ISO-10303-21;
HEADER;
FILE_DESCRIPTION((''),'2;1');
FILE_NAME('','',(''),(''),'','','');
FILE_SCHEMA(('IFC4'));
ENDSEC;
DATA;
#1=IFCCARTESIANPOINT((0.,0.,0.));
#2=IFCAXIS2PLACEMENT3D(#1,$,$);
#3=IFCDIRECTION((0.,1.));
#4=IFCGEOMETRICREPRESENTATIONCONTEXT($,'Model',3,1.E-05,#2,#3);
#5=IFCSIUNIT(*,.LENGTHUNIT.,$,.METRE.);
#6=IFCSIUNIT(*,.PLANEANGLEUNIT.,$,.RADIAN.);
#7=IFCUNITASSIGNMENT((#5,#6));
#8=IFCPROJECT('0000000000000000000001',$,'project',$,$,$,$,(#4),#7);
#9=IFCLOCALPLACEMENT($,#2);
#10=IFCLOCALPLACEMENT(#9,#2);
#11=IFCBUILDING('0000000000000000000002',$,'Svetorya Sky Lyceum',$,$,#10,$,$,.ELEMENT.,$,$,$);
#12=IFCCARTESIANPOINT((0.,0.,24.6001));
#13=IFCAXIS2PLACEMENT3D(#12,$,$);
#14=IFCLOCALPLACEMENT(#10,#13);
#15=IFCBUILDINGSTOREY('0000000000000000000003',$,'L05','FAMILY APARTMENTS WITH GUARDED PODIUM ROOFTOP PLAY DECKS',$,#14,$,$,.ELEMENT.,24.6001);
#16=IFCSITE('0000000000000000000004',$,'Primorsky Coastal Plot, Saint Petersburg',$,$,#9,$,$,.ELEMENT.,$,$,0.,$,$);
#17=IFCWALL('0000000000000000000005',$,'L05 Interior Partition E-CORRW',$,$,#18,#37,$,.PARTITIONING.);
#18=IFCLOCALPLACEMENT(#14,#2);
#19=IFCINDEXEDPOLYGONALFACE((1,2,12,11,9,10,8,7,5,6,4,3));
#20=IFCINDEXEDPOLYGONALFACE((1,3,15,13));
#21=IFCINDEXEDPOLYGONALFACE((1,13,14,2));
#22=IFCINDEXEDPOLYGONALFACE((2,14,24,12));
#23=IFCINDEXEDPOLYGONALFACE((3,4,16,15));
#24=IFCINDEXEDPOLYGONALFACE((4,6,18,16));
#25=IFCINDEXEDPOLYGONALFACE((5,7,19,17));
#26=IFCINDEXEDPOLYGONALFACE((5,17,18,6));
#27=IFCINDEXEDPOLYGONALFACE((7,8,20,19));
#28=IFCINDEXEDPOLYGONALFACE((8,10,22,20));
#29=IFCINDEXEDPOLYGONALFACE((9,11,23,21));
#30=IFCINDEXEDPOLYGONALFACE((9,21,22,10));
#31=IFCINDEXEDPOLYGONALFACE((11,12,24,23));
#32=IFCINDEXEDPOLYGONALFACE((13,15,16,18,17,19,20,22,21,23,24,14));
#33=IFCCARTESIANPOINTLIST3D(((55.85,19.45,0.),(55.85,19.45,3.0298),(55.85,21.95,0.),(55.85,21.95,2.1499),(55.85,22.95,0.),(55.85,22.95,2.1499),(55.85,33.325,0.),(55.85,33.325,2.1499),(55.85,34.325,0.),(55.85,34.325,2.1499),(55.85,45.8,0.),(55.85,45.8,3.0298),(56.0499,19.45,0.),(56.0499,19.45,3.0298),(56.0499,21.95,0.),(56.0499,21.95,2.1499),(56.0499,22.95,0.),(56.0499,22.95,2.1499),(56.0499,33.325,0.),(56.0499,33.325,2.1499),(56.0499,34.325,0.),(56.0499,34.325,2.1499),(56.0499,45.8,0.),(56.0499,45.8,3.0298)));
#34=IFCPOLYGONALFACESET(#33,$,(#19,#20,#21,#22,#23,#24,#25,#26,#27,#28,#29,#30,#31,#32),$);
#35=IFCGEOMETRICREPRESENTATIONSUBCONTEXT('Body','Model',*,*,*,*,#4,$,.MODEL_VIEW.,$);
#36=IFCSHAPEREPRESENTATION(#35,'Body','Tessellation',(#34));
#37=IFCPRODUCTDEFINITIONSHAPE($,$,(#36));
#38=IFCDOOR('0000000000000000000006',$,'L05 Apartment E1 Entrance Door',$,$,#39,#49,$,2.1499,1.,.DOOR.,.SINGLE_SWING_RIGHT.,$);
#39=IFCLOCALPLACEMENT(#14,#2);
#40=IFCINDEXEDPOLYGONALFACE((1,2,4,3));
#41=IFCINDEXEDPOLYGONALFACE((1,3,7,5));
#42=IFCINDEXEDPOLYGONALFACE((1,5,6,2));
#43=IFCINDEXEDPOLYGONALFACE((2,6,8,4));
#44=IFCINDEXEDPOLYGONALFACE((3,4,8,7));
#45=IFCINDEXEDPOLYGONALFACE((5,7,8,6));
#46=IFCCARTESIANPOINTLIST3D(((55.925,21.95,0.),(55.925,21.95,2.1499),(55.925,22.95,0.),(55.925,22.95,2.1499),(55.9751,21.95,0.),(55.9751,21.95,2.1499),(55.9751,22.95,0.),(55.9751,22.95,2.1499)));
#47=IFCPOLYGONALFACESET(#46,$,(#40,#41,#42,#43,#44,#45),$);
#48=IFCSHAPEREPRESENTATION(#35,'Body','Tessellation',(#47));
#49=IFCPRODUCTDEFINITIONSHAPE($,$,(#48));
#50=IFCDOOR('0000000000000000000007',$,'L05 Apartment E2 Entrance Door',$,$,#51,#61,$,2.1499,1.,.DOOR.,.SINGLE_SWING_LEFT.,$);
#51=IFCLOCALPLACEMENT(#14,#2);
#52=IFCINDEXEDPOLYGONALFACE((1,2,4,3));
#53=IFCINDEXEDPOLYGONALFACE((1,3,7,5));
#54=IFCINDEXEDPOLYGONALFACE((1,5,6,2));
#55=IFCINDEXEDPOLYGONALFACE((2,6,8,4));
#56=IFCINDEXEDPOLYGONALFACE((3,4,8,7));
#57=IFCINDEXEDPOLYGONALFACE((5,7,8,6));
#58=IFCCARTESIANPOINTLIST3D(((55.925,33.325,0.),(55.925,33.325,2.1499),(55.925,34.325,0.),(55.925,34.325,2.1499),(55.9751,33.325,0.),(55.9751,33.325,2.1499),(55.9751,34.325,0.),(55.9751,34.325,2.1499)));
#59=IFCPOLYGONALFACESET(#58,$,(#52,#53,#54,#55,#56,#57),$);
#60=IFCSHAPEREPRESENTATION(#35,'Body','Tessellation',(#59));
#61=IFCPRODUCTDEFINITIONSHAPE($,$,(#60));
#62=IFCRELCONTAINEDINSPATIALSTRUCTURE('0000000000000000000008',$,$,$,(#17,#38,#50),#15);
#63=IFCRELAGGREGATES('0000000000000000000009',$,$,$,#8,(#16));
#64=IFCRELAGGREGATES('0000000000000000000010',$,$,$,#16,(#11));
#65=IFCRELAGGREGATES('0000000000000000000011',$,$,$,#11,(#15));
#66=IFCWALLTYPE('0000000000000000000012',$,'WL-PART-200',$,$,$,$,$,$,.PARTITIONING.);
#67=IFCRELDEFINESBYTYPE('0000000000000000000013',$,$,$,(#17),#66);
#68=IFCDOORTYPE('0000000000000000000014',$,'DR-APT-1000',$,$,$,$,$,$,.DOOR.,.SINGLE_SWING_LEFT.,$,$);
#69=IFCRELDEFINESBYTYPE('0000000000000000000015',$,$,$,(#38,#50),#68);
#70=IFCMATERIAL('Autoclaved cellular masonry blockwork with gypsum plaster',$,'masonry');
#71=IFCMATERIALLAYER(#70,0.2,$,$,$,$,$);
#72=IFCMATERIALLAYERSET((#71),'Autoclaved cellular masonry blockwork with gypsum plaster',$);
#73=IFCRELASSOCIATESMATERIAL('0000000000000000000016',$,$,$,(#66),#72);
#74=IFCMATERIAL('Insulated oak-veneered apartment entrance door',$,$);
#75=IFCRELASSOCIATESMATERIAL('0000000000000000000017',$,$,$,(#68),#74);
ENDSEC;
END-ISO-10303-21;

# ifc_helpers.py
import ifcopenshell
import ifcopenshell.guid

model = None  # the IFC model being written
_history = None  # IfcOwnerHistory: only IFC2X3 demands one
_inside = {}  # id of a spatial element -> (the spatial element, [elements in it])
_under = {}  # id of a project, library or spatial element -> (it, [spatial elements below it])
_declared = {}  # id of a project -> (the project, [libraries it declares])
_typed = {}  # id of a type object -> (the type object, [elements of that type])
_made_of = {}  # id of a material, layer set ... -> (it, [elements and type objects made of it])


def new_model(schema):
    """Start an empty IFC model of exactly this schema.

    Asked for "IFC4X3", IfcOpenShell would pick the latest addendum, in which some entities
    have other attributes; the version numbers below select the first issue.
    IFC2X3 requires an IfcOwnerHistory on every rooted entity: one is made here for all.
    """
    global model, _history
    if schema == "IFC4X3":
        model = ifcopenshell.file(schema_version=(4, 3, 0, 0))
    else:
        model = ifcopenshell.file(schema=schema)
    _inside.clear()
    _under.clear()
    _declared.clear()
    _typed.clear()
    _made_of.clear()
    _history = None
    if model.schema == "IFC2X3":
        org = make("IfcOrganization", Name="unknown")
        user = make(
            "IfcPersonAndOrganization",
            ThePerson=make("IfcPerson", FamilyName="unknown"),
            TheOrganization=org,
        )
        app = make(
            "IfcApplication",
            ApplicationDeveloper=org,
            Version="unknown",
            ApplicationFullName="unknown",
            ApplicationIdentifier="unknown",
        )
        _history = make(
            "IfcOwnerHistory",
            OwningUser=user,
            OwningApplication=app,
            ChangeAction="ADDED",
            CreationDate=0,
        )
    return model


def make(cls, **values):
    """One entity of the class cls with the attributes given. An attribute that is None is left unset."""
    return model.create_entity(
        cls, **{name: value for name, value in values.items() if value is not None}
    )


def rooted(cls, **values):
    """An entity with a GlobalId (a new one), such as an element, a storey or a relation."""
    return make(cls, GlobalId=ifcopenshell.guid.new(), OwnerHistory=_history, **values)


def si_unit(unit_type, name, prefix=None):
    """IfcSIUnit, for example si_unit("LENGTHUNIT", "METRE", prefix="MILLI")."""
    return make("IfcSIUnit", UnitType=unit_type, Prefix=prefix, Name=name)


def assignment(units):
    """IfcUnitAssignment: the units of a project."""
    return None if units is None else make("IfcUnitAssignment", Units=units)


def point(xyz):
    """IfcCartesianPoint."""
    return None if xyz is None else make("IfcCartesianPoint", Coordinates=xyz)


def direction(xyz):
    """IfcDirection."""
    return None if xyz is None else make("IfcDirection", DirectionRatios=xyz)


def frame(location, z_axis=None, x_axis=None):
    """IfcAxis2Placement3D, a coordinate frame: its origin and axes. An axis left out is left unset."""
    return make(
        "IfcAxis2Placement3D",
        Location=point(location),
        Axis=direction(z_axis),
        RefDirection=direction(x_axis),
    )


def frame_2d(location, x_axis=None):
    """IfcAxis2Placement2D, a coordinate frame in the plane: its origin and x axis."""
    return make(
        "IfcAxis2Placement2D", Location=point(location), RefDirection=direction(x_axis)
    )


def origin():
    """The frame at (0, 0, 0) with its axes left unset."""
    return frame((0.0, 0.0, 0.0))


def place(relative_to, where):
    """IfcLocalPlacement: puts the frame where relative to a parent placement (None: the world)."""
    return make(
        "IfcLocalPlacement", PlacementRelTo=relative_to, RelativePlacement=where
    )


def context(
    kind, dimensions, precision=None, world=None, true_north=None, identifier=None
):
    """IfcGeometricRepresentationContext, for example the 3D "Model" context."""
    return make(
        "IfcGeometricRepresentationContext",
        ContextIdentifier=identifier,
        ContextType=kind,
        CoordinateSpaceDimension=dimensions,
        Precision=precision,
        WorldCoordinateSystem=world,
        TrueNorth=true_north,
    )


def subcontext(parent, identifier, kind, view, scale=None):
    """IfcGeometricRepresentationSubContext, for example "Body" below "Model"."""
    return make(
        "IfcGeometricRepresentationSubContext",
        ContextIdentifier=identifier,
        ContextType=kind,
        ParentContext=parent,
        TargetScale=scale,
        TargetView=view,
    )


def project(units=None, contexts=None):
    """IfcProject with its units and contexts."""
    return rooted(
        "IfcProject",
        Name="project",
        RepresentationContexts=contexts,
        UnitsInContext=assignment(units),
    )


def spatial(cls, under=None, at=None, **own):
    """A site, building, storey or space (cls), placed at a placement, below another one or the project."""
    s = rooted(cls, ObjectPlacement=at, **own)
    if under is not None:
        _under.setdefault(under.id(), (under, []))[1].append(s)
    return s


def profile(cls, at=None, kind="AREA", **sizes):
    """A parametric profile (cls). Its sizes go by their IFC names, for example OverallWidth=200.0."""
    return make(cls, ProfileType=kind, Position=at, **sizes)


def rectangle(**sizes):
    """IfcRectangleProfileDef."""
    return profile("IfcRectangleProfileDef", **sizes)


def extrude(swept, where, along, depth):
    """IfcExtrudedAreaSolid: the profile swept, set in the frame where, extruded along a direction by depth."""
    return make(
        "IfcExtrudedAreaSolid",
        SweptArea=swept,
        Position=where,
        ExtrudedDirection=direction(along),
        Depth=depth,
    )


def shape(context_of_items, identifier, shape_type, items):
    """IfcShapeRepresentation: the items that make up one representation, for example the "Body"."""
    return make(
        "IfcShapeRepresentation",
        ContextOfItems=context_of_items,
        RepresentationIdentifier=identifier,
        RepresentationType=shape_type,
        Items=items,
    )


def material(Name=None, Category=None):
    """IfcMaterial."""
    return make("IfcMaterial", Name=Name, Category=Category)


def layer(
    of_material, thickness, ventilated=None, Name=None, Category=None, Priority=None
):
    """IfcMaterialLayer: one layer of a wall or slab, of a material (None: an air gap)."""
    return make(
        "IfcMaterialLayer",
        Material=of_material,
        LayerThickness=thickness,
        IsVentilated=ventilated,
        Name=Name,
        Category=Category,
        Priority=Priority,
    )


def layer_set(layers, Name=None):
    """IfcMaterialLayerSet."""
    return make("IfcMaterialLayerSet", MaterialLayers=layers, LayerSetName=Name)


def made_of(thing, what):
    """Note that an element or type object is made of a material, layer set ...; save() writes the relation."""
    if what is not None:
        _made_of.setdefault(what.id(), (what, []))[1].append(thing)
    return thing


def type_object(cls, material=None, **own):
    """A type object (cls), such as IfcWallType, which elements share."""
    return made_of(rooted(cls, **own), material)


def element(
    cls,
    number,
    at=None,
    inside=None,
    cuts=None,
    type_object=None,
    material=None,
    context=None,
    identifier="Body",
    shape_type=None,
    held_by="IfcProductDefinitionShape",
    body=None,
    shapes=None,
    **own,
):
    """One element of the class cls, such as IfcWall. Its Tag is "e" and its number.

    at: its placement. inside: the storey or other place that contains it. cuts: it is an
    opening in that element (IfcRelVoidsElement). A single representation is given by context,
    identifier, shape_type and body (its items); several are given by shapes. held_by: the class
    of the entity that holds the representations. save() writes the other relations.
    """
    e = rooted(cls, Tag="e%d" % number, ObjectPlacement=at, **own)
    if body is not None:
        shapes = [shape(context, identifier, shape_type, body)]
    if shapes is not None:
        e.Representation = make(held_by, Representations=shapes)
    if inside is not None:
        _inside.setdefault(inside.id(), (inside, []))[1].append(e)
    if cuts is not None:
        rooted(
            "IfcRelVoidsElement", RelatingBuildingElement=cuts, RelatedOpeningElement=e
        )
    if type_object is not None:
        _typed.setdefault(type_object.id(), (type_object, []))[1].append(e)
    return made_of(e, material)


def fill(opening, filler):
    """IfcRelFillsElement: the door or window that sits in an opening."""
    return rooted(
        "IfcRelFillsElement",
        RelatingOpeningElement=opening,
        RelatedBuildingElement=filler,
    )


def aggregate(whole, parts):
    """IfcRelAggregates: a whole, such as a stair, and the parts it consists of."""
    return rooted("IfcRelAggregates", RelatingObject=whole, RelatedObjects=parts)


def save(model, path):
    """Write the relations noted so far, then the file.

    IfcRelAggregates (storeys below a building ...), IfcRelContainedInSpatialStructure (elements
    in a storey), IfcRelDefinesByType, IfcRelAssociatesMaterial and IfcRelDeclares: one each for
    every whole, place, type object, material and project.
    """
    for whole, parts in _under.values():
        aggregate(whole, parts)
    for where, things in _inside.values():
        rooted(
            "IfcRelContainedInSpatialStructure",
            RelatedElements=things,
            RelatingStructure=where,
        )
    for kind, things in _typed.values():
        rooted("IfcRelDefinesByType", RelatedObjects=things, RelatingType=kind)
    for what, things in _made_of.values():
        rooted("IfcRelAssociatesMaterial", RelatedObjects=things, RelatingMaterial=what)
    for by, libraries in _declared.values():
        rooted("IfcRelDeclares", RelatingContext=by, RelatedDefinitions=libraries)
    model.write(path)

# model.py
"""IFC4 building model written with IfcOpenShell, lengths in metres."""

from ifc_helpers import new_model, si_unit, direction, frame, frame_2d, origin, place, context, subcontext, project, spatial, rectangle, extrude, material, layer, layer_set, type_object, element, fill, save


model = new_model("IFC4")

# Units and contexts
model_context = context("Model", 3, precision=1e-05, world=origin(), true_north=direction((0.0, 1.0)))
body_context = subcontext(model_context, "Body", "Model", "MODEL_VIEW")
ifc_project = project(units=[si_unit("LENGTHUNIT", "METRE"), si_unit("PLANEANGLEUNIT", "RADIAN")], contexts=[model_context])

# Site, building, storey
site_placement = place(None, origin())
site = spatial("IfcSite", under=ifc_project, at=site_placement, Name="Primorsky Coastal Plot, Saint Petersburg", CompositionType="ELEMENT", RefElevation=0.0)
building_placement = place(site_placement, origin())
building = spatial("IfcBuilding", under=site, at=building_placement, Name="Svetorya Sky Lyceum", CompositionType="ELEMENT")
storey_placement = place(building_placement, frame((0.0, 0.0, 24.6001)))
storey = spatial("IfcBuildingStorey", under=building, at=storey_placement, Name="L05", Description="FAMILY APARTMENTS WITH GUARDED PODIUM ROOFTOP PLAY DECKS", CompositionType="ELEMENT", Elevation=24.6001)

# Shared definitions
ifc_material_1 = material(Name="Autoclaved cellular masonry blockwork with gypsum plaster", Category="masonry")
ifc_layer_1 = layer(ifc_material_1, 0.2)
ifc_layer_set_1 = layer_set([ifc_layer_1], Name="Autoclaved cellular masonry blockwork with gypsum plaster")
wall_type_1 = type_object("IfcWallType", Name="WL-PART-200", PredefinedType="PARTITIONING", material=ifc_layer_set_1)

# Wall, openings, doors
wall_1_placement = place(storey_placement, frame((55.95, 19.45, 0.0), z_axis=(0.0, 0.0, 1.0), x_axis=(0.0, 1.0, 0.0)))
wall_1 = element("IfcWall", 1, at=wall_1_placement, inside=storey, type_object=wall_type_1, Name="L05 Interior Partition E-CORRW", PredefinedType="PARTITIONING", context=body_context, shape_type="SweptSolid", body=[
    extrude(rectangle(XDim=26.3501, YDim=0.2, at=frame_2d((13.175, 0.0))), origin(), (0.0, 0.0, 1.0), 3.0298),
])
opening_1_placement = place(wall_1_placement, frame((2.5, 0.0, 0.0)))
opening_1 = element("IfcOpeningElement", 2, at=opening_1_placement, cuts=wall_1, PredefinedType="OPENING", context=body_context, shape_type="SweptSolid", body=[
    extrude(rectangle(XDim=1.0, YDim=2.1499, at=frame_2d((0.5, 1.075))), frame((0.0, 0.1099, 0.0), z_axis=(0.0, -1.0, 0.0), x_axis=(1.0, 0.0, 0.0)), (0.0, 0.0, 1.0), 0.22),
])
opening_2_placement = place(wall_1_placement, frame((13.875, 0.0, 0.0)))
opening_2 = element("IfcOpeningElement", 3, at=opening_2_placement, cuts=wall_1, PredefinedType="OPENING", context=body_context, shape_type="SweptSolid", body=[
    extrude(rectangle(XDim=1.0, YDim=2.1499, at=frame_2d((0.5, 1.075))), frame((0.0, 0.1099, 0.0), z_axis=(0.0, -1.0, 0.0), x_axis=(1.0, 0.0, 0.0)), (0.0, 0.0, 1.0), 0.22),
])
ifc_material_2 = material(Name="Insulated oak-veneered apartment entrance door")
door_type_1 = type_object("IfcDoorType", Name="DR-APT-1000", OperationType="SINGLE_SWING_LEFT", PredefinedType="DOOR", material=ifc_material_2)
door_1_placement = place(opening_1_placement, origin())
door_1 = element("IfcDoor", 4, at=door_1_placement, inside=storey, type_object=door_type_1, Name="L05 Apartment E1 Entrance Door", OperationType="SINGLE_SWING_RIGHT", OverallHeight=2.1499, OverallWidth=1.0, PredefinedType="DOOR", context=body_context, shape_type="SweptSolid", body=[
    extrude(rectangle(XDim=1.0, YDim=2.1499, at=frame_2d((0.5, 1.075))), frame((0.0, 0.0249, 0.0), z_axis=(0.0, -1.0, 0.0), x_axis=(1.0, 0.0, 0.0)), (0.0, 0.0, 1.0), 0.05),
])
fill(opening_1, door_1)
door_2_placement = place(opening_2_placement, origin())
door_2 = element("IfcDoor", 5, at=door_2_placement, inside=storey, type_object=door_type_1, Name="L05 Apartment E2 Entrance Door", OperationType="SINGLE_SWING_LEFT", OverallHeight=2.1499, OverallWidth=1.0, PredefinedType="DOOR", context=body_context, shape_type="SweptSolid", body=[
    extrude(rectangle(XDim=1.0, YDim=2.1499, at=frame_2d((0.5, 1.075))), frame((0.0, 0.0249, 0.0), z_axis=(0.0, -1.0, 0.0), x_axis=(1.0, 0.0, 0.0)), (0.0, 0.0, 1.0), 0.05),
])
fill(opening_2, door_2)

save(model, "model.ifc")
